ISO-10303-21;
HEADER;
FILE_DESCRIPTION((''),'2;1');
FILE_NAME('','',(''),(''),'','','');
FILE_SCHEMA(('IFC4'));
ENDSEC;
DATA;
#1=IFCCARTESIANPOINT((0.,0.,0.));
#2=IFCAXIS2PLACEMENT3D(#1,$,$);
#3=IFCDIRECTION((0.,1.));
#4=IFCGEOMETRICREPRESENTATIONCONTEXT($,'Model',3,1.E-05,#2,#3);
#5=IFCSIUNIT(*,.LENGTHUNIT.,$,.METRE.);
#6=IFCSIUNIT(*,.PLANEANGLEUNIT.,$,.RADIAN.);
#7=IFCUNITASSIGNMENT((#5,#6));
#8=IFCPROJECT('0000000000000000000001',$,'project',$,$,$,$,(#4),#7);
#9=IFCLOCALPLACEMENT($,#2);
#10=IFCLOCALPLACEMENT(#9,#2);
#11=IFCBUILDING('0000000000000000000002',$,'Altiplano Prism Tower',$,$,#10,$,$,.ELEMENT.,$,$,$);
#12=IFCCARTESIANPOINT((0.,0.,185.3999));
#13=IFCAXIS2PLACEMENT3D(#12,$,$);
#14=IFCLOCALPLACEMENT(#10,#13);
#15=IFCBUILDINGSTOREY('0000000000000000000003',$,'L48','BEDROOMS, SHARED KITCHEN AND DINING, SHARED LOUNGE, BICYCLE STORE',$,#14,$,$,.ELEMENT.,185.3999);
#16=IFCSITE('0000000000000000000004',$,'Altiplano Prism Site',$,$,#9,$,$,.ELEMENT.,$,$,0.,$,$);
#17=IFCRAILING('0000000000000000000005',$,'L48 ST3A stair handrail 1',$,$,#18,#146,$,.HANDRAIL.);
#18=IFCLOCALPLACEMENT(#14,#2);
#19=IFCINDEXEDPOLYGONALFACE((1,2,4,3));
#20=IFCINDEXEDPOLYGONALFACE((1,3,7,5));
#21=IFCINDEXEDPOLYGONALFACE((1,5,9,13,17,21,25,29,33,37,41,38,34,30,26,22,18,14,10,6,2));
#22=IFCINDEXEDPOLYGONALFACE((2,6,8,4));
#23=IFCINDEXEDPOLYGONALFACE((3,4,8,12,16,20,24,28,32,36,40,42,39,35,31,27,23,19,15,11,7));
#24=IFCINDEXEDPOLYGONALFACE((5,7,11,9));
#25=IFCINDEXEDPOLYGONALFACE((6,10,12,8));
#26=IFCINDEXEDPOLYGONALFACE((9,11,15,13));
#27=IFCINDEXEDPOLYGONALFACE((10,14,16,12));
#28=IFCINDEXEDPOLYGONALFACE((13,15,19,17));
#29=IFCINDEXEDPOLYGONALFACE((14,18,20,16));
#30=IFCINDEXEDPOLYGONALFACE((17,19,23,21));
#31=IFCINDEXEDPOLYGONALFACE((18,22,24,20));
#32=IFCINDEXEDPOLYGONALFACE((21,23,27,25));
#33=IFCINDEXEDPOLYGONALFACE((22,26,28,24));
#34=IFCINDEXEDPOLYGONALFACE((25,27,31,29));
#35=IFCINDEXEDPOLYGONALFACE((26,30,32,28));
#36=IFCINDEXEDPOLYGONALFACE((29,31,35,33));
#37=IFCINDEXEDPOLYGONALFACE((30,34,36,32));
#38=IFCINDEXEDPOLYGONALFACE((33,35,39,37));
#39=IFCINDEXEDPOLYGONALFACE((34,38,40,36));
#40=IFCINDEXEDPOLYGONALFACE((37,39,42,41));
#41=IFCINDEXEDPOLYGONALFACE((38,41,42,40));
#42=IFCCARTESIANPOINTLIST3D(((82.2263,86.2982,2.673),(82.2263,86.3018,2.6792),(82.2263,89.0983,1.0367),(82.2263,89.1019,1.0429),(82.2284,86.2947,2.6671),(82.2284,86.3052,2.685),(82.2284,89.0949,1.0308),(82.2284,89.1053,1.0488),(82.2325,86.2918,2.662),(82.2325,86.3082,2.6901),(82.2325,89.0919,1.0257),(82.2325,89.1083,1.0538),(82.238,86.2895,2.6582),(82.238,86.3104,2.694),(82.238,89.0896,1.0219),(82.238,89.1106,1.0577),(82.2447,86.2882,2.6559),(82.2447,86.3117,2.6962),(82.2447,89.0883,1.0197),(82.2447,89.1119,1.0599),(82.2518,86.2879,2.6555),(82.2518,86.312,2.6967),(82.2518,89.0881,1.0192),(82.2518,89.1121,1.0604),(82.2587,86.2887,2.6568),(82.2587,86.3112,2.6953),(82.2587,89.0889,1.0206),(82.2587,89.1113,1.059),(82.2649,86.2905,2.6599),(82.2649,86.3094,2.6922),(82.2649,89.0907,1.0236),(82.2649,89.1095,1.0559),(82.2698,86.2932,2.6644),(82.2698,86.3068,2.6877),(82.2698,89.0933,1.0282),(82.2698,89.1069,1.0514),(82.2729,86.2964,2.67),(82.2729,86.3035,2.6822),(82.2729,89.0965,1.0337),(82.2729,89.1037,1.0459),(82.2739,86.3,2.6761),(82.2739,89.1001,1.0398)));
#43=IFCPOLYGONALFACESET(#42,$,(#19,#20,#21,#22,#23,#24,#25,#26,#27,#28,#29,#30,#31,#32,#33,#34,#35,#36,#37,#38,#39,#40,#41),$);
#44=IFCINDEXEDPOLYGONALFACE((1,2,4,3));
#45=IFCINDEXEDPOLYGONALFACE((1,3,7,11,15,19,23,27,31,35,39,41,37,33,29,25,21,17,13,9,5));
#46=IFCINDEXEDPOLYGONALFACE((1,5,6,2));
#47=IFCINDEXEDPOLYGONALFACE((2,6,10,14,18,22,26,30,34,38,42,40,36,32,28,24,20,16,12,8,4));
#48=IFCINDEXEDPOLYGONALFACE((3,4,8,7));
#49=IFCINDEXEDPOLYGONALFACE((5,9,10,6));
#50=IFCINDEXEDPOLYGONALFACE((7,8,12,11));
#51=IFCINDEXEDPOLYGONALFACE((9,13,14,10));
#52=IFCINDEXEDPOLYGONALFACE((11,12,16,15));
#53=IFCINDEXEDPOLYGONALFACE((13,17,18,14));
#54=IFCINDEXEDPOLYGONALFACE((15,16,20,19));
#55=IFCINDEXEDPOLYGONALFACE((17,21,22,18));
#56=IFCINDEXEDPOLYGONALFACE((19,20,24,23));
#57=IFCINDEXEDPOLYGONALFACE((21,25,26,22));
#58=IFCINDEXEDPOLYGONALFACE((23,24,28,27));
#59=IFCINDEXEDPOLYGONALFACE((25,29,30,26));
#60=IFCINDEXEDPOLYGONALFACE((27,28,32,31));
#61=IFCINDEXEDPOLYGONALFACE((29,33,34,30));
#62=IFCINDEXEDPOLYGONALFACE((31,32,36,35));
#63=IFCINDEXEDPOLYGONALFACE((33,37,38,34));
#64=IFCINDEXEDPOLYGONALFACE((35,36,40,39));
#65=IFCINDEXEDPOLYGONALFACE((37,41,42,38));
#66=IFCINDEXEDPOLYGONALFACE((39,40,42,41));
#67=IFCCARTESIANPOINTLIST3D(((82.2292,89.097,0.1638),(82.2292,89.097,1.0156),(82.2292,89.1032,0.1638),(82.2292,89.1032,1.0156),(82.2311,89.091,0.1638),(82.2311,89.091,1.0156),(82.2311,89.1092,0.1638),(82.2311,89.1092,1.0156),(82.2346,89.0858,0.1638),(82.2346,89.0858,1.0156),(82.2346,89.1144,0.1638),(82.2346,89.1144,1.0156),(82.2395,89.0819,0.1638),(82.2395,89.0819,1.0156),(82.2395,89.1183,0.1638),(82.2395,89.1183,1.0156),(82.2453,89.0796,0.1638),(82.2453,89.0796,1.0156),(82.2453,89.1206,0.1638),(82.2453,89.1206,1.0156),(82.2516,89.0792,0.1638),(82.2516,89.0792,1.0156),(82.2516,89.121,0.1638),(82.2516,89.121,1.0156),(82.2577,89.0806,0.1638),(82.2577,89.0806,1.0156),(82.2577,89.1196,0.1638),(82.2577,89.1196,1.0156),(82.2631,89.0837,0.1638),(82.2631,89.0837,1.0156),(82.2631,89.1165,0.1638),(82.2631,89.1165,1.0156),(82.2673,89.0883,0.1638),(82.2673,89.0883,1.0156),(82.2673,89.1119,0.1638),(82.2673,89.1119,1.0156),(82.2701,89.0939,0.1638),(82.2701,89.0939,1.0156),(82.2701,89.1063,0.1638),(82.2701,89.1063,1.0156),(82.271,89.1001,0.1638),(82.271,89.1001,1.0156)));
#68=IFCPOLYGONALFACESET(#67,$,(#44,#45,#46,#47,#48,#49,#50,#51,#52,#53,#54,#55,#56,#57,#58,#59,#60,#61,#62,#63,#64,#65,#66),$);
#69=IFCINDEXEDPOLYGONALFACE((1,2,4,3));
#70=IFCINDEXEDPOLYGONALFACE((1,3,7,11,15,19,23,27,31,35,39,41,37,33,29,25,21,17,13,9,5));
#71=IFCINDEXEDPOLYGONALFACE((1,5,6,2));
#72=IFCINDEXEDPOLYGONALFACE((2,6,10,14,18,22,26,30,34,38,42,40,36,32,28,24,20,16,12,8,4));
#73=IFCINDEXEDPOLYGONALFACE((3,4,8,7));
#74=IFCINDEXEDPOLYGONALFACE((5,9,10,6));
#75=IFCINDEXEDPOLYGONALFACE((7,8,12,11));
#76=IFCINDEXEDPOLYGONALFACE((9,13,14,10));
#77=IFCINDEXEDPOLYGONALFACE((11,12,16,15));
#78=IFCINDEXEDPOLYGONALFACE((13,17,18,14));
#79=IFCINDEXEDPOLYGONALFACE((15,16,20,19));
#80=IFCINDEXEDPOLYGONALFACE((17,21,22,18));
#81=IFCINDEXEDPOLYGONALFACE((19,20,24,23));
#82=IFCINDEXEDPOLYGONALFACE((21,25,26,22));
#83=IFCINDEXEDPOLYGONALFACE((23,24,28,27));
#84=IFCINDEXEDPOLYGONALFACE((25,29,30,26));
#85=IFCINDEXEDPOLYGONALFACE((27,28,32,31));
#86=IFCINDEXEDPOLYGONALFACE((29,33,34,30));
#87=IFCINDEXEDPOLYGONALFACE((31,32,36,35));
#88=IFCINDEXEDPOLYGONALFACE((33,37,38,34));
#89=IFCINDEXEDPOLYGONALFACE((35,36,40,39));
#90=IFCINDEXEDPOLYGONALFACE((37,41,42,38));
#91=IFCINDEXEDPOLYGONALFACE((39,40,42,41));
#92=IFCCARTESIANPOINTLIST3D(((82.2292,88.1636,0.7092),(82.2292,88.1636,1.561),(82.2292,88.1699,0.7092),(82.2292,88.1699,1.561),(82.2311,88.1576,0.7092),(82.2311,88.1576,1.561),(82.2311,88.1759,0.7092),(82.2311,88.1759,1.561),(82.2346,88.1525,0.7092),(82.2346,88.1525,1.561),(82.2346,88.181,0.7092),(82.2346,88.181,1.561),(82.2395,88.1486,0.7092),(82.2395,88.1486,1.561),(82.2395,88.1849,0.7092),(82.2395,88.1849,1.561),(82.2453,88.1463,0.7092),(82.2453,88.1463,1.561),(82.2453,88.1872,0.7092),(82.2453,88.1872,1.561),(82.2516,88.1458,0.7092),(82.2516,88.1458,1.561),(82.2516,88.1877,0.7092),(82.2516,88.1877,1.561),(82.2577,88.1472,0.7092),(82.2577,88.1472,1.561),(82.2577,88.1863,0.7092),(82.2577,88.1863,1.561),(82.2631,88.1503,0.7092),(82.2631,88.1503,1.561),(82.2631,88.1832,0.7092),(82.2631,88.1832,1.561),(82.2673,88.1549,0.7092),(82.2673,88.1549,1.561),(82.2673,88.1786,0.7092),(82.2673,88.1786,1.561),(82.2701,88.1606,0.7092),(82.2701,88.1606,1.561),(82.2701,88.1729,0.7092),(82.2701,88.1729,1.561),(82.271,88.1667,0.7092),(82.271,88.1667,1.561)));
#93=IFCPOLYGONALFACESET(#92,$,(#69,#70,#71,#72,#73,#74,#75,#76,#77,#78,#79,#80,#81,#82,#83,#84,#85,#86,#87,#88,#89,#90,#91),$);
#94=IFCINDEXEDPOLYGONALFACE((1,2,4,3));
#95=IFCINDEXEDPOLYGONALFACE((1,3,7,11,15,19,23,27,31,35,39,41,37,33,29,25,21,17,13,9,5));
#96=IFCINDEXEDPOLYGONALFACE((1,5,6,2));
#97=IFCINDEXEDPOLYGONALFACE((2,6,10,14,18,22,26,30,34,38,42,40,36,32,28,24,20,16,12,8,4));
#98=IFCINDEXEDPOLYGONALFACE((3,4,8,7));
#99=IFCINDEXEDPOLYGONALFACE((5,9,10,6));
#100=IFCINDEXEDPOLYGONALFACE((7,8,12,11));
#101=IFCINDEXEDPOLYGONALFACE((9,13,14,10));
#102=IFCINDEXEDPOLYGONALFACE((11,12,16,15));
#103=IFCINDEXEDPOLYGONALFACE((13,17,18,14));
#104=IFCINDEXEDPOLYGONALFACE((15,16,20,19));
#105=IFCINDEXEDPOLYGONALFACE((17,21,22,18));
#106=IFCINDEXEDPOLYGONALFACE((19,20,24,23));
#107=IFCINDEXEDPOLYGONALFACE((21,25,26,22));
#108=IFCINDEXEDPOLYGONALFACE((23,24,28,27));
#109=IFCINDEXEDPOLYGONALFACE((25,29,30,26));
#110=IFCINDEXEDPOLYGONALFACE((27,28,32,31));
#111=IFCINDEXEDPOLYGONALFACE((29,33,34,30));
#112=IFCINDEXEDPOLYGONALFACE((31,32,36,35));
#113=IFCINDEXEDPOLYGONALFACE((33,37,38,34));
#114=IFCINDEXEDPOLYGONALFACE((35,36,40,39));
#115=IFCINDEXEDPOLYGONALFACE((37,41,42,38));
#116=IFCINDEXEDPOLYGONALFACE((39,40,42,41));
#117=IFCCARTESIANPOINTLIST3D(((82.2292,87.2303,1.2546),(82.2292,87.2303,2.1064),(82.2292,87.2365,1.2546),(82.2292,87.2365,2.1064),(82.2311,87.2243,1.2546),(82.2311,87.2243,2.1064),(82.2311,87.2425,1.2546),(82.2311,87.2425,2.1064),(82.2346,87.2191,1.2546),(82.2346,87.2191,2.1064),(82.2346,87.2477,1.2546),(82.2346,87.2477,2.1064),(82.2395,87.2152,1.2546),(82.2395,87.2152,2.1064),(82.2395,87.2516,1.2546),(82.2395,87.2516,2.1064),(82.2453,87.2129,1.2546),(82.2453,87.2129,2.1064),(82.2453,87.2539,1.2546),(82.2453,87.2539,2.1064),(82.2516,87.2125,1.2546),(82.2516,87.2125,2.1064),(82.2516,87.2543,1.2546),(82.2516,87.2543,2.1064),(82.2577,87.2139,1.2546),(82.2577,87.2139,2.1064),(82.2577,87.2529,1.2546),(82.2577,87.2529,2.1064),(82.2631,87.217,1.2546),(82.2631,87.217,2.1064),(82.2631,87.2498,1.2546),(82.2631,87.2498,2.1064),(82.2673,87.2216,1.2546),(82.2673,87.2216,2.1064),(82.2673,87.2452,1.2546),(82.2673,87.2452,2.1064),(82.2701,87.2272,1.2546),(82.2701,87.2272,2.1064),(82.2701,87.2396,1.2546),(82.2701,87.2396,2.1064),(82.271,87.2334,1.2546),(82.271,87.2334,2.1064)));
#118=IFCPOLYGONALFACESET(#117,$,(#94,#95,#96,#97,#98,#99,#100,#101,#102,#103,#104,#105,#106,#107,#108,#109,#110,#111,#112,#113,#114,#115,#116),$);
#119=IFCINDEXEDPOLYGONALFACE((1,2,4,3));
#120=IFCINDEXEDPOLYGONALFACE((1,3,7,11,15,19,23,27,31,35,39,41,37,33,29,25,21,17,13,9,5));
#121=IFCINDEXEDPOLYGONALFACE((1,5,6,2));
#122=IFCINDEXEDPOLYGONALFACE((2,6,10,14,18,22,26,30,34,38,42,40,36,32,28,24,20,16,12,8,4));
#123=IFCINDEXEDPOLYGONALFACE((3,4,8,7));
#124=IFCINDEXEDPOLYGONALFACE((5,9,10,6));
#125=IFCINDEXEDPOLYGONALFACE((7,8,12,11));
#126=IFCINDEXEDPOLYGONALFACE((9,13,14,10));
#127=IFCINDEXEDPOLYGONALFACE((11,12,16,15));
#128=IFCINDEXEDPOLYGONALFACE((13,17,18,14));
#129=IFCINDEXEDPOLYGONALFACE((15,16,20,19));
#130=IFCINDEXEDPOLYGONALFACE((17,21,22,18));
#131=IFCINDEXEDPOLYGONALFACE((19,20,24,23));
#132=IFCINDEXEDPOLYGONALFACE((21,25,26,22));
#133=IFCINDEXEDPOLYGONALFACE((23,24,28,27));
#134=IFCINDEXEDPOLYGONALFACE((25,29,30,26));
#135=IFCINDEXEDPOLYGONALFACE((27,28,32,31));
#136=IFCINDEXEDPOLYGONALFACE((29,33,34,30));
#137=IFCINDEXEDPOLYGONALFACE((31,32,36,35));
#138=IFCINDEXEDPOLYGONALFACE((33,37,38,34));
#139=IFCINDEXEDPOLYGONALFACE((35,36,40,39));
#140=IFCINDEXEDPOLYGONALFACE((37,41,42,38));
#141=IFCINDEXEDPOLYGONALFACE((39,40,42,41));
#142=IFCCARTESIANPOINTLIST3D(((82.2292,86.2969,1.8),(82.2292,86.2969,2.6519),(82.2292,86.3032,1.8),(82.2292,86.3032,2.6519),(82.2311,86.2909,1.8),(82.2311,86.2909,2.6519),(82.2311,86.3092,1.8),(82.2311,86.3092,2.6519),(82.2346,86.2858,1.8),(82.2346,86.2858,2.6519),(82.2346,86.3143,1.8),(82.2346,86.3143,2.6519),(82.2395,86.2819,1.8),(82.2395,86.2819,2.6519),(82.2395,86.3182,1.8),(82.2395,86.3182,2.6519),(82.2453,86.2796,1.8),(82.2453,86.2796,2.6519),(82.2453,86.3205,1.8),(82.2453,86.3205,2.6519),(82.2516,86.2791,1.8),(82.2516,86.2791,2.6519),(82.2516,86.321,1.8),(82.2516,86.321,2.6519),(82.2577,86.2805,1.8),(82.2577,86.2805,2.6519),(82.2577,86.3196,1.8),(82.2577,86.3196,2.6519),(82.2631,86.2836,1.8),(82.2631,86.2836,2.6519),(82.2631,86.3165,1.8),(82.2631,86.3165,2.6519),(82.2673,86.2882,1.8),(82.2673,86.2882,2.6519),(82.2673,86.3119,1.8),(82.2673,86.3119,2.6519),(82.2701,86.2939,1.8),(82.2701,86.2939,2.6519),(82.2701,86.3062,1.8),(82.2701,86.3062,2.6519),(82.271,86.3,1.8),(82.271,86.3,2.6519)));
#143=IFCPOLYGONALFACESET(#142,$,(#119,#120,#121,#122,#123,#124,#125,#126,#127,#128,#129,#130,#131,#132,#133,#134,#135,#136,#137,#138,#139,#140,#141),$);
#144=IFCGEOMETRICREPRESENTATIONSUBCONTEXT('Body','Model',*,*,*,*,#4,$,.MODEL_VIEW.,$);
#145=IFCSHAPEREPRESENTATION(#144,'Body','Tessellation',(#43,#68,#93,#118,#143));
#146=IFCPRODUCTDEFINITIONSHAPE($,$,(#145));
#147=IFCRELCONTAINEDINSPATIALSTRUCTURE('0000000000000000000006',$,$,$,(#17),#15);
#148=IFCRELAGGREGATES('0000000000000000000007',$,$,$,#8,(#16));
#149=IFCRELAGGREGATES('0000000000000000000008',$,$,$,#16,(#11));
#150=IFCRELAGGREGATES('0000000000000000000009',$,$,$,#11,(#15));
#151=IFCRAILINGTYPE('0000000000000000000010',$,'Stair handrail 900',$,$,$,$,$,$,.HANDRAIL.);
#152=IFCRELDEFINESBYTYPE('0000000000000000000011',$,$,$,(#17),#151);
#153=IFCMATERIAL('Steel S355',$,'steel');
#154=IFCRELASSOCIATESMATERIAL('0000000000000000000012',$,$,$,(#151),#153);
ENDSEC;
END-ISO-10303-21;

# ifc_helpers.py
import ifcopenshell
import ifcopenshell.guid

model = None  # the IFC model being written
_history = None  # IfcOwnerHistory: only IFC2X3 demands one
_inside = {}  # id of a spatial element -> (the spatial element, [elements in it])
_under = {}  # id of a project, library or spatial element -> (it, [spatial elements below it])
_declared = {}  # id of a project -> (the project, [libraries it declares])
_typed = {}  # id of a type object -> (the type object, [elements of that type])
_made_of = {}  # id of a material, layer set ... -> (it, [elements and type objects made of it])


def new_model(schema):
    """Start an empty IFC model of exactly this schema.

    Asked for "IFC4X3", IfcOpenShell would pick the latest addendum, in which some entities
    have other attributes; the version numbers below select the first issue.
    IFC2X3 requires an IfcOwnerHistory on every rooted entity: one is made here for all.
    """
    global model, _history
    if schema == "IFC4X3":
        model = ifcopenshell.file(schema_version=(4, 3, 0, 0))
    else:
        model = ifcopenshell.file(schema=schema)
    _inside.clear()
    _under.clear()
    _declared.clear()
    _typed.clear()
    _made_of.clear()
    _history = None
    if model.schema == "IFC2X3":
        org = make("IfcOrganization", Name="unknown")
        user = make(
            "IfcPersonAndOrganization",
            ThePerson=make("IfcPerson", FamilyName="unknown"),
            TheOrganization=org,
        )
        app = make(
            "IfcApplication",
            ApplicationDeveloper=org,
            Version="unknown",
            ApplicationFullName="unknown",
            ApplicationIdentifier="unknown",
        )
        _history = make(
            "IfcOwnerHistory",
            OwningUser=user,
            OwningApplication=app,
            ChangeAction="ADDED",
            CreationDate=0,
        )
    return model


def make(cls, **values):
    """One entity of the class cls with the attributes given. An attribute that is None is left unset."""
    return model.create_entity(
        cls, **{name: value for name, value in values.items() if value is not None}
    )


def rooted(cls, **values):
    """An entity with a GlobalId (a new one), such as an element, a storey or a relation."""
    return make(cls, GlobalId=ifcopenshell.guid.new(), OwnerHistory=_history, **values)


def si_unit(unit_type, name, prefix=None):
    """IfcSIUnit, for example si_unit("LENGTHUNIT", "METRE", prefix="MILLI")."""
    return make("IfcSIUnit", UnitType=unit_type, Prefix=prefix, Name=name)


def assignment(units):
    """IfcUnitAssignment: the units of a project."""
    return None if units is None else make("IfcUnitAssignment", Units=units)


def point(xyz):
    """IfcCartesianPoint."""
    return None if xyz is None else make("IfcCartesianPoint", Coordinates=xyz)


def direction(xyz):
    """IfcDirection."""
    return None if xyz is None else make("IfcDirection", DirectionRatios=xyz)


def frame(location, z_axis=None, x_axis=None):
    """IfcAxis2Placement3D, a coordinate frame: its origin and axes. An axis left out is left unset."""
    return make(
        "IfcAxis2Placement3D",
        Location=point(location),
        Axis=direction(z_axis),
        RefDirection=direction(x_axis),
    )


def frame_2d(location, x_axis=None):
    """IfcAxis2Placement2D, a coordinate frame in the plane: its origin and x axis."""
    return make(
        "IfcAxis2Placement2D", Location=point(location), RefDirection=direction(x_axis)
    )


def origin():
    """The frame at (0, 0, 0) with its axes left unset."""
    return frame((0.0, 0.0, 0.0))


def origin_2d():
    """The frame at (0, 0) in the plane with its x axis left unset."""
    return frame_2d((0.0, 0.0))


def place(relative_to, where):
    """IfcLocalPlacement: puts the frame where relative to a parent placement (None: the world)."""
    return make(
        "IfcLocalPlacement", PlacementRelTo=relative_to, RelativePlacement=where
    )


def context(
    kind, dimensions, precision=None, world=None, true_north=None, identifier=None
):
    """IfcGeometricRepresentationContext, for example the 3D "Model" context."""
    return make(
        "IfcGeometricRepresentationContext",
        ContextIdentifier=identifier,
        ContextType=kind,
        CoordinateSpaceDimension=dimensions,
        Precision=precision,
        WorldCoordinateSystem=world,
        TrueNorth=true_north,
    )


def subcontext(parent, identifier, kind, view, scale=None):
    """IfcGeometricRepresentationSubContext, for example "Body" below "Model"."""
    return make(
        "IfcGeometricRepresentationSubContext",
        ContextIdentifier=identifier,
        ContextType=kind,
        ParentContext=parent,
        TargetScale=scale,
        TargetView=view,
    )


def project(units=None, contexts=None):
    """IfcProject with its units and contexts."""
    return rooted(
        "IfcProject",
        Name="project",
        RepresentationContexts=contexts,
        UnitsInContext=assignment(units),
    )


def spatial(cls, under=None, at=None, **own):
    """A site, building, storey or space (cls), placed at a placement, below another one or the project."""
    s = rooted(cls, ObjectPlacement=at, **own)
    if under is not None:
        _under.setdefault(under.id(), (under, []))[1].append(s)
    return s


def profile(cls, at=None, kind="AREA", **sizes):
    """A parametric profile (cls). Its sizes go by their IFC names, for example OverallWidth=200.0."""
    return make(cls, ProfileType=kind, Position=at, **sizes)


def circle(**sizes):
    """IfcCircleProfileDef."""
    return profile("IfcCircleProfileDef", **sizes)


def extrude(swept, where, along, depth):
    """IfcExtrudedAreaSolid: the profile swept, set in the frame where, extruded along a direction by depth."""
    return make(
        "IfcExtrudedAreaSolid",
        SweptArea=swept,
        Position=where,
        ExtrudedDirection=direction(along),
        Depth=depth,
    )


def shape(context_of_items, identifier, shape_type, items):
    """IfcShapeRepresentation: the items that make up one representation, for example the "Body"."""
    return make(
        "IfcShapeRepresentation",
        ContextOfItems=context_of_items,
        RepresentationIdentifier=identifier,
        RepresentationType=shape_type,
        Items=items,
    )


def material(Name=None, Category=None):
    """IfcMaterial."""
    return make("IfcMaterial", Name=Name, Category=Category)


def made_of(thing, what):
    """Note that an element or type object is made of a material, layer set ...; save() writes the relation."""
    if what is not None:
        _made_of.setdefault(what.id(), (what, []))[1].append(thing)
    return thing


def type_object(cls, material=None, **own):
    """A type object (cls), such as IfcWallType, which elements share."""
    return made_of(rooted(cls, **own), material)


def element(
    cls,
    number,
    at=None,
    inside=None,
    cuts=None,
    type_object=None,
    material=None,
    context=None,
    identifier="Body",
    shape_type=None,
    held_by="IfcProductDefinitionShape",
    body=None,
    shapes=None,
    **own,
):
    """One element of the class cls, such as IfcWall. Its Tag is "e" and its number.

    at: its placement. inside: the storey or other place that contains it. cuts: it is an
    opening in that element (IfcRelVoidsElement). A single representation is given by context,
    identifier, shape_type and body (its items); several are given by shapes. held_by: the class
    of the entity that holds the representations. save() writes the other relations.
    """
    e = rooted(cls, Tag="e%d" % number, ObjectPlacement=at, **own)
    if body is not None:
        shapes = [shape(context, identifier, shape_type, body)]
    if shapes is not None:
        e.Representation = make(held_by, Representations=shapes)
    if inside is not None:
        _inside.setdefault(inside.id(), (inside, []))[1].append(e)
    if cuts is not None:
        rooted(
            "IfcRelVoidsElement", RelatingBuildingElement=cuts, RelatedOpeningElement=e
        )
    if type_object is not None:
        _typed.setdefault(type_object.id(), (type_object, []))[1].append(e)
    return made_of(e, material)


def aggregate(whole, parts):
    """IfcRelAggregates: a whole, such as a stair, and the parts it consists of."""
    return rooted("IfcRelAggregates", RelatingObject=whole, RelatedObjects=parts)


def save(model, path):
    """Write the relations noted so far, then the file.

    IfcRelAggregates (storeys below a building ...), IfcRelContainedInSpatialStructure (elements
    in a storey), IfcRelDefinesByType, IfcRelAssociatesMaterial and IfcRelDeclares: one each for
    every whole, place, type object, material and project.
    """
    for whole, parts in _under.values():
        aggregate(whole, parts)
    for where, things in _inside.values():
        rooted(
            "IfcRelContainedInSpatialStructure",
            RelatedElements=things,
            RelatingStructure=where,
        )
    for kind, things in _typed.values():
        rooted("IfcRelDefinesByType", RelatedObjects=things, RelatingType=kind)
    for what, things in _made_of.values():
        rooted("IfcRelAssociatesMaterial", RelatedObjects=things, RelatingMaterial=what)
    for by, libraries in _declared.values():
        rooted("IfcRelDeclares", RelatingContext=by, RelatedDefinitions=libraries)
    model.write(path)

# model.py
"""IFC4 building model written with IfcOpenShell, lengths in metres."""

from ifc_helpers import new_model, si_unit, direction, frame, origin, origin_2d, place, context, subcontext, project, spatial, circle, extrude, material, type_object, element, save


model = new_model("IFC4")

# Units and contexts
model_context = context("Model", 3, precision=1e-05, world=origin(), true_north=direction((0.0, 1.0)))
body_context = subcontext(model_context, "Body", "Model", "MODEL_VIEW")
ifc_project = project(units=[si_unit("LENGTHUNIT", "METRE"), si_unit("PLANEANGLEUNIT", "RADIAN")], contexts=[model_context])

# Site, building, storey
site_placement = place(None, origin())
site = spatial("IfcSite", under=ifc_project, at=site_placement, Name="Altiplano Prism Site", CompositionType="ELEMENT", RefElevation=0.0)
building_placement = place(site_placement, origin())
building = spatial("IfcBuilding", under=site, at=building_placement, Name="Altiplano Prism Tower", CompositionType="ELEMENT")
storey_placement = place(building_placement, frame((0.0, 0.0, 185.3999)))
storey = spatial("IfcBuildingStorey", under=building, at=storey_placement, Name="L48", Description="BEDROOMS, SHARED KITCHEN AND DINING, SHARED LOUNGE, BICYCLE STORE", CompositionType="ELEMENT", Elevation=185.3999)

# Railing
ifc_material_1 = material(Name="Steel S355", Category="steel")
railing_type = type_object("IfcRailingType", Name="Stair handrail 900", PredefinedType="HANDRAIL", material=ifc_material_1)
railing_placement = place(storey_placement, frame((82.25, 89.1001, 0.1638)))
element("IfcRailing", 1, at=railing_placement, inside=storey, type_object=railing_type, Name="L48 ST3A stair handrail 1", PredefinedType="HANDRAIL", context=body_context, shape_type="SweptSolid", body=[
    extrude(circle(Radius=0.0239, at=origin_2d()), frame((0.0, 0.0, 0.876), z_axis=(0.0, -0.863394, 0.504531), x_axis=(1.0, 0.0, 0.0)), (0.0, 0.0, 1.0), 3.2432),
    extrude(circle(Radius=0.021, at=origin_2d()), origin(), (0.0, 0.0, 1.0), 0.8518),
    extrude(circle(Radius=0.021, at=origin_2d()), frame((0.0, -0.9333, 0.5454)), (0.0, 0.0, 1.0), 0.8518),
    extrude(circle(Radius=0.021, at=origin_2d()), frame((0.0, -1.8667, 1.0908)), (0.0, 0.0, 1.0), 0.8518),
    extrude(circle(Radius=0.021, at=origin_2d()), frame((0.0, -2.8, 1.6362)), (0.0, 0.0, 1.0), 0.8518),
])

save(model, "model.ifc")
